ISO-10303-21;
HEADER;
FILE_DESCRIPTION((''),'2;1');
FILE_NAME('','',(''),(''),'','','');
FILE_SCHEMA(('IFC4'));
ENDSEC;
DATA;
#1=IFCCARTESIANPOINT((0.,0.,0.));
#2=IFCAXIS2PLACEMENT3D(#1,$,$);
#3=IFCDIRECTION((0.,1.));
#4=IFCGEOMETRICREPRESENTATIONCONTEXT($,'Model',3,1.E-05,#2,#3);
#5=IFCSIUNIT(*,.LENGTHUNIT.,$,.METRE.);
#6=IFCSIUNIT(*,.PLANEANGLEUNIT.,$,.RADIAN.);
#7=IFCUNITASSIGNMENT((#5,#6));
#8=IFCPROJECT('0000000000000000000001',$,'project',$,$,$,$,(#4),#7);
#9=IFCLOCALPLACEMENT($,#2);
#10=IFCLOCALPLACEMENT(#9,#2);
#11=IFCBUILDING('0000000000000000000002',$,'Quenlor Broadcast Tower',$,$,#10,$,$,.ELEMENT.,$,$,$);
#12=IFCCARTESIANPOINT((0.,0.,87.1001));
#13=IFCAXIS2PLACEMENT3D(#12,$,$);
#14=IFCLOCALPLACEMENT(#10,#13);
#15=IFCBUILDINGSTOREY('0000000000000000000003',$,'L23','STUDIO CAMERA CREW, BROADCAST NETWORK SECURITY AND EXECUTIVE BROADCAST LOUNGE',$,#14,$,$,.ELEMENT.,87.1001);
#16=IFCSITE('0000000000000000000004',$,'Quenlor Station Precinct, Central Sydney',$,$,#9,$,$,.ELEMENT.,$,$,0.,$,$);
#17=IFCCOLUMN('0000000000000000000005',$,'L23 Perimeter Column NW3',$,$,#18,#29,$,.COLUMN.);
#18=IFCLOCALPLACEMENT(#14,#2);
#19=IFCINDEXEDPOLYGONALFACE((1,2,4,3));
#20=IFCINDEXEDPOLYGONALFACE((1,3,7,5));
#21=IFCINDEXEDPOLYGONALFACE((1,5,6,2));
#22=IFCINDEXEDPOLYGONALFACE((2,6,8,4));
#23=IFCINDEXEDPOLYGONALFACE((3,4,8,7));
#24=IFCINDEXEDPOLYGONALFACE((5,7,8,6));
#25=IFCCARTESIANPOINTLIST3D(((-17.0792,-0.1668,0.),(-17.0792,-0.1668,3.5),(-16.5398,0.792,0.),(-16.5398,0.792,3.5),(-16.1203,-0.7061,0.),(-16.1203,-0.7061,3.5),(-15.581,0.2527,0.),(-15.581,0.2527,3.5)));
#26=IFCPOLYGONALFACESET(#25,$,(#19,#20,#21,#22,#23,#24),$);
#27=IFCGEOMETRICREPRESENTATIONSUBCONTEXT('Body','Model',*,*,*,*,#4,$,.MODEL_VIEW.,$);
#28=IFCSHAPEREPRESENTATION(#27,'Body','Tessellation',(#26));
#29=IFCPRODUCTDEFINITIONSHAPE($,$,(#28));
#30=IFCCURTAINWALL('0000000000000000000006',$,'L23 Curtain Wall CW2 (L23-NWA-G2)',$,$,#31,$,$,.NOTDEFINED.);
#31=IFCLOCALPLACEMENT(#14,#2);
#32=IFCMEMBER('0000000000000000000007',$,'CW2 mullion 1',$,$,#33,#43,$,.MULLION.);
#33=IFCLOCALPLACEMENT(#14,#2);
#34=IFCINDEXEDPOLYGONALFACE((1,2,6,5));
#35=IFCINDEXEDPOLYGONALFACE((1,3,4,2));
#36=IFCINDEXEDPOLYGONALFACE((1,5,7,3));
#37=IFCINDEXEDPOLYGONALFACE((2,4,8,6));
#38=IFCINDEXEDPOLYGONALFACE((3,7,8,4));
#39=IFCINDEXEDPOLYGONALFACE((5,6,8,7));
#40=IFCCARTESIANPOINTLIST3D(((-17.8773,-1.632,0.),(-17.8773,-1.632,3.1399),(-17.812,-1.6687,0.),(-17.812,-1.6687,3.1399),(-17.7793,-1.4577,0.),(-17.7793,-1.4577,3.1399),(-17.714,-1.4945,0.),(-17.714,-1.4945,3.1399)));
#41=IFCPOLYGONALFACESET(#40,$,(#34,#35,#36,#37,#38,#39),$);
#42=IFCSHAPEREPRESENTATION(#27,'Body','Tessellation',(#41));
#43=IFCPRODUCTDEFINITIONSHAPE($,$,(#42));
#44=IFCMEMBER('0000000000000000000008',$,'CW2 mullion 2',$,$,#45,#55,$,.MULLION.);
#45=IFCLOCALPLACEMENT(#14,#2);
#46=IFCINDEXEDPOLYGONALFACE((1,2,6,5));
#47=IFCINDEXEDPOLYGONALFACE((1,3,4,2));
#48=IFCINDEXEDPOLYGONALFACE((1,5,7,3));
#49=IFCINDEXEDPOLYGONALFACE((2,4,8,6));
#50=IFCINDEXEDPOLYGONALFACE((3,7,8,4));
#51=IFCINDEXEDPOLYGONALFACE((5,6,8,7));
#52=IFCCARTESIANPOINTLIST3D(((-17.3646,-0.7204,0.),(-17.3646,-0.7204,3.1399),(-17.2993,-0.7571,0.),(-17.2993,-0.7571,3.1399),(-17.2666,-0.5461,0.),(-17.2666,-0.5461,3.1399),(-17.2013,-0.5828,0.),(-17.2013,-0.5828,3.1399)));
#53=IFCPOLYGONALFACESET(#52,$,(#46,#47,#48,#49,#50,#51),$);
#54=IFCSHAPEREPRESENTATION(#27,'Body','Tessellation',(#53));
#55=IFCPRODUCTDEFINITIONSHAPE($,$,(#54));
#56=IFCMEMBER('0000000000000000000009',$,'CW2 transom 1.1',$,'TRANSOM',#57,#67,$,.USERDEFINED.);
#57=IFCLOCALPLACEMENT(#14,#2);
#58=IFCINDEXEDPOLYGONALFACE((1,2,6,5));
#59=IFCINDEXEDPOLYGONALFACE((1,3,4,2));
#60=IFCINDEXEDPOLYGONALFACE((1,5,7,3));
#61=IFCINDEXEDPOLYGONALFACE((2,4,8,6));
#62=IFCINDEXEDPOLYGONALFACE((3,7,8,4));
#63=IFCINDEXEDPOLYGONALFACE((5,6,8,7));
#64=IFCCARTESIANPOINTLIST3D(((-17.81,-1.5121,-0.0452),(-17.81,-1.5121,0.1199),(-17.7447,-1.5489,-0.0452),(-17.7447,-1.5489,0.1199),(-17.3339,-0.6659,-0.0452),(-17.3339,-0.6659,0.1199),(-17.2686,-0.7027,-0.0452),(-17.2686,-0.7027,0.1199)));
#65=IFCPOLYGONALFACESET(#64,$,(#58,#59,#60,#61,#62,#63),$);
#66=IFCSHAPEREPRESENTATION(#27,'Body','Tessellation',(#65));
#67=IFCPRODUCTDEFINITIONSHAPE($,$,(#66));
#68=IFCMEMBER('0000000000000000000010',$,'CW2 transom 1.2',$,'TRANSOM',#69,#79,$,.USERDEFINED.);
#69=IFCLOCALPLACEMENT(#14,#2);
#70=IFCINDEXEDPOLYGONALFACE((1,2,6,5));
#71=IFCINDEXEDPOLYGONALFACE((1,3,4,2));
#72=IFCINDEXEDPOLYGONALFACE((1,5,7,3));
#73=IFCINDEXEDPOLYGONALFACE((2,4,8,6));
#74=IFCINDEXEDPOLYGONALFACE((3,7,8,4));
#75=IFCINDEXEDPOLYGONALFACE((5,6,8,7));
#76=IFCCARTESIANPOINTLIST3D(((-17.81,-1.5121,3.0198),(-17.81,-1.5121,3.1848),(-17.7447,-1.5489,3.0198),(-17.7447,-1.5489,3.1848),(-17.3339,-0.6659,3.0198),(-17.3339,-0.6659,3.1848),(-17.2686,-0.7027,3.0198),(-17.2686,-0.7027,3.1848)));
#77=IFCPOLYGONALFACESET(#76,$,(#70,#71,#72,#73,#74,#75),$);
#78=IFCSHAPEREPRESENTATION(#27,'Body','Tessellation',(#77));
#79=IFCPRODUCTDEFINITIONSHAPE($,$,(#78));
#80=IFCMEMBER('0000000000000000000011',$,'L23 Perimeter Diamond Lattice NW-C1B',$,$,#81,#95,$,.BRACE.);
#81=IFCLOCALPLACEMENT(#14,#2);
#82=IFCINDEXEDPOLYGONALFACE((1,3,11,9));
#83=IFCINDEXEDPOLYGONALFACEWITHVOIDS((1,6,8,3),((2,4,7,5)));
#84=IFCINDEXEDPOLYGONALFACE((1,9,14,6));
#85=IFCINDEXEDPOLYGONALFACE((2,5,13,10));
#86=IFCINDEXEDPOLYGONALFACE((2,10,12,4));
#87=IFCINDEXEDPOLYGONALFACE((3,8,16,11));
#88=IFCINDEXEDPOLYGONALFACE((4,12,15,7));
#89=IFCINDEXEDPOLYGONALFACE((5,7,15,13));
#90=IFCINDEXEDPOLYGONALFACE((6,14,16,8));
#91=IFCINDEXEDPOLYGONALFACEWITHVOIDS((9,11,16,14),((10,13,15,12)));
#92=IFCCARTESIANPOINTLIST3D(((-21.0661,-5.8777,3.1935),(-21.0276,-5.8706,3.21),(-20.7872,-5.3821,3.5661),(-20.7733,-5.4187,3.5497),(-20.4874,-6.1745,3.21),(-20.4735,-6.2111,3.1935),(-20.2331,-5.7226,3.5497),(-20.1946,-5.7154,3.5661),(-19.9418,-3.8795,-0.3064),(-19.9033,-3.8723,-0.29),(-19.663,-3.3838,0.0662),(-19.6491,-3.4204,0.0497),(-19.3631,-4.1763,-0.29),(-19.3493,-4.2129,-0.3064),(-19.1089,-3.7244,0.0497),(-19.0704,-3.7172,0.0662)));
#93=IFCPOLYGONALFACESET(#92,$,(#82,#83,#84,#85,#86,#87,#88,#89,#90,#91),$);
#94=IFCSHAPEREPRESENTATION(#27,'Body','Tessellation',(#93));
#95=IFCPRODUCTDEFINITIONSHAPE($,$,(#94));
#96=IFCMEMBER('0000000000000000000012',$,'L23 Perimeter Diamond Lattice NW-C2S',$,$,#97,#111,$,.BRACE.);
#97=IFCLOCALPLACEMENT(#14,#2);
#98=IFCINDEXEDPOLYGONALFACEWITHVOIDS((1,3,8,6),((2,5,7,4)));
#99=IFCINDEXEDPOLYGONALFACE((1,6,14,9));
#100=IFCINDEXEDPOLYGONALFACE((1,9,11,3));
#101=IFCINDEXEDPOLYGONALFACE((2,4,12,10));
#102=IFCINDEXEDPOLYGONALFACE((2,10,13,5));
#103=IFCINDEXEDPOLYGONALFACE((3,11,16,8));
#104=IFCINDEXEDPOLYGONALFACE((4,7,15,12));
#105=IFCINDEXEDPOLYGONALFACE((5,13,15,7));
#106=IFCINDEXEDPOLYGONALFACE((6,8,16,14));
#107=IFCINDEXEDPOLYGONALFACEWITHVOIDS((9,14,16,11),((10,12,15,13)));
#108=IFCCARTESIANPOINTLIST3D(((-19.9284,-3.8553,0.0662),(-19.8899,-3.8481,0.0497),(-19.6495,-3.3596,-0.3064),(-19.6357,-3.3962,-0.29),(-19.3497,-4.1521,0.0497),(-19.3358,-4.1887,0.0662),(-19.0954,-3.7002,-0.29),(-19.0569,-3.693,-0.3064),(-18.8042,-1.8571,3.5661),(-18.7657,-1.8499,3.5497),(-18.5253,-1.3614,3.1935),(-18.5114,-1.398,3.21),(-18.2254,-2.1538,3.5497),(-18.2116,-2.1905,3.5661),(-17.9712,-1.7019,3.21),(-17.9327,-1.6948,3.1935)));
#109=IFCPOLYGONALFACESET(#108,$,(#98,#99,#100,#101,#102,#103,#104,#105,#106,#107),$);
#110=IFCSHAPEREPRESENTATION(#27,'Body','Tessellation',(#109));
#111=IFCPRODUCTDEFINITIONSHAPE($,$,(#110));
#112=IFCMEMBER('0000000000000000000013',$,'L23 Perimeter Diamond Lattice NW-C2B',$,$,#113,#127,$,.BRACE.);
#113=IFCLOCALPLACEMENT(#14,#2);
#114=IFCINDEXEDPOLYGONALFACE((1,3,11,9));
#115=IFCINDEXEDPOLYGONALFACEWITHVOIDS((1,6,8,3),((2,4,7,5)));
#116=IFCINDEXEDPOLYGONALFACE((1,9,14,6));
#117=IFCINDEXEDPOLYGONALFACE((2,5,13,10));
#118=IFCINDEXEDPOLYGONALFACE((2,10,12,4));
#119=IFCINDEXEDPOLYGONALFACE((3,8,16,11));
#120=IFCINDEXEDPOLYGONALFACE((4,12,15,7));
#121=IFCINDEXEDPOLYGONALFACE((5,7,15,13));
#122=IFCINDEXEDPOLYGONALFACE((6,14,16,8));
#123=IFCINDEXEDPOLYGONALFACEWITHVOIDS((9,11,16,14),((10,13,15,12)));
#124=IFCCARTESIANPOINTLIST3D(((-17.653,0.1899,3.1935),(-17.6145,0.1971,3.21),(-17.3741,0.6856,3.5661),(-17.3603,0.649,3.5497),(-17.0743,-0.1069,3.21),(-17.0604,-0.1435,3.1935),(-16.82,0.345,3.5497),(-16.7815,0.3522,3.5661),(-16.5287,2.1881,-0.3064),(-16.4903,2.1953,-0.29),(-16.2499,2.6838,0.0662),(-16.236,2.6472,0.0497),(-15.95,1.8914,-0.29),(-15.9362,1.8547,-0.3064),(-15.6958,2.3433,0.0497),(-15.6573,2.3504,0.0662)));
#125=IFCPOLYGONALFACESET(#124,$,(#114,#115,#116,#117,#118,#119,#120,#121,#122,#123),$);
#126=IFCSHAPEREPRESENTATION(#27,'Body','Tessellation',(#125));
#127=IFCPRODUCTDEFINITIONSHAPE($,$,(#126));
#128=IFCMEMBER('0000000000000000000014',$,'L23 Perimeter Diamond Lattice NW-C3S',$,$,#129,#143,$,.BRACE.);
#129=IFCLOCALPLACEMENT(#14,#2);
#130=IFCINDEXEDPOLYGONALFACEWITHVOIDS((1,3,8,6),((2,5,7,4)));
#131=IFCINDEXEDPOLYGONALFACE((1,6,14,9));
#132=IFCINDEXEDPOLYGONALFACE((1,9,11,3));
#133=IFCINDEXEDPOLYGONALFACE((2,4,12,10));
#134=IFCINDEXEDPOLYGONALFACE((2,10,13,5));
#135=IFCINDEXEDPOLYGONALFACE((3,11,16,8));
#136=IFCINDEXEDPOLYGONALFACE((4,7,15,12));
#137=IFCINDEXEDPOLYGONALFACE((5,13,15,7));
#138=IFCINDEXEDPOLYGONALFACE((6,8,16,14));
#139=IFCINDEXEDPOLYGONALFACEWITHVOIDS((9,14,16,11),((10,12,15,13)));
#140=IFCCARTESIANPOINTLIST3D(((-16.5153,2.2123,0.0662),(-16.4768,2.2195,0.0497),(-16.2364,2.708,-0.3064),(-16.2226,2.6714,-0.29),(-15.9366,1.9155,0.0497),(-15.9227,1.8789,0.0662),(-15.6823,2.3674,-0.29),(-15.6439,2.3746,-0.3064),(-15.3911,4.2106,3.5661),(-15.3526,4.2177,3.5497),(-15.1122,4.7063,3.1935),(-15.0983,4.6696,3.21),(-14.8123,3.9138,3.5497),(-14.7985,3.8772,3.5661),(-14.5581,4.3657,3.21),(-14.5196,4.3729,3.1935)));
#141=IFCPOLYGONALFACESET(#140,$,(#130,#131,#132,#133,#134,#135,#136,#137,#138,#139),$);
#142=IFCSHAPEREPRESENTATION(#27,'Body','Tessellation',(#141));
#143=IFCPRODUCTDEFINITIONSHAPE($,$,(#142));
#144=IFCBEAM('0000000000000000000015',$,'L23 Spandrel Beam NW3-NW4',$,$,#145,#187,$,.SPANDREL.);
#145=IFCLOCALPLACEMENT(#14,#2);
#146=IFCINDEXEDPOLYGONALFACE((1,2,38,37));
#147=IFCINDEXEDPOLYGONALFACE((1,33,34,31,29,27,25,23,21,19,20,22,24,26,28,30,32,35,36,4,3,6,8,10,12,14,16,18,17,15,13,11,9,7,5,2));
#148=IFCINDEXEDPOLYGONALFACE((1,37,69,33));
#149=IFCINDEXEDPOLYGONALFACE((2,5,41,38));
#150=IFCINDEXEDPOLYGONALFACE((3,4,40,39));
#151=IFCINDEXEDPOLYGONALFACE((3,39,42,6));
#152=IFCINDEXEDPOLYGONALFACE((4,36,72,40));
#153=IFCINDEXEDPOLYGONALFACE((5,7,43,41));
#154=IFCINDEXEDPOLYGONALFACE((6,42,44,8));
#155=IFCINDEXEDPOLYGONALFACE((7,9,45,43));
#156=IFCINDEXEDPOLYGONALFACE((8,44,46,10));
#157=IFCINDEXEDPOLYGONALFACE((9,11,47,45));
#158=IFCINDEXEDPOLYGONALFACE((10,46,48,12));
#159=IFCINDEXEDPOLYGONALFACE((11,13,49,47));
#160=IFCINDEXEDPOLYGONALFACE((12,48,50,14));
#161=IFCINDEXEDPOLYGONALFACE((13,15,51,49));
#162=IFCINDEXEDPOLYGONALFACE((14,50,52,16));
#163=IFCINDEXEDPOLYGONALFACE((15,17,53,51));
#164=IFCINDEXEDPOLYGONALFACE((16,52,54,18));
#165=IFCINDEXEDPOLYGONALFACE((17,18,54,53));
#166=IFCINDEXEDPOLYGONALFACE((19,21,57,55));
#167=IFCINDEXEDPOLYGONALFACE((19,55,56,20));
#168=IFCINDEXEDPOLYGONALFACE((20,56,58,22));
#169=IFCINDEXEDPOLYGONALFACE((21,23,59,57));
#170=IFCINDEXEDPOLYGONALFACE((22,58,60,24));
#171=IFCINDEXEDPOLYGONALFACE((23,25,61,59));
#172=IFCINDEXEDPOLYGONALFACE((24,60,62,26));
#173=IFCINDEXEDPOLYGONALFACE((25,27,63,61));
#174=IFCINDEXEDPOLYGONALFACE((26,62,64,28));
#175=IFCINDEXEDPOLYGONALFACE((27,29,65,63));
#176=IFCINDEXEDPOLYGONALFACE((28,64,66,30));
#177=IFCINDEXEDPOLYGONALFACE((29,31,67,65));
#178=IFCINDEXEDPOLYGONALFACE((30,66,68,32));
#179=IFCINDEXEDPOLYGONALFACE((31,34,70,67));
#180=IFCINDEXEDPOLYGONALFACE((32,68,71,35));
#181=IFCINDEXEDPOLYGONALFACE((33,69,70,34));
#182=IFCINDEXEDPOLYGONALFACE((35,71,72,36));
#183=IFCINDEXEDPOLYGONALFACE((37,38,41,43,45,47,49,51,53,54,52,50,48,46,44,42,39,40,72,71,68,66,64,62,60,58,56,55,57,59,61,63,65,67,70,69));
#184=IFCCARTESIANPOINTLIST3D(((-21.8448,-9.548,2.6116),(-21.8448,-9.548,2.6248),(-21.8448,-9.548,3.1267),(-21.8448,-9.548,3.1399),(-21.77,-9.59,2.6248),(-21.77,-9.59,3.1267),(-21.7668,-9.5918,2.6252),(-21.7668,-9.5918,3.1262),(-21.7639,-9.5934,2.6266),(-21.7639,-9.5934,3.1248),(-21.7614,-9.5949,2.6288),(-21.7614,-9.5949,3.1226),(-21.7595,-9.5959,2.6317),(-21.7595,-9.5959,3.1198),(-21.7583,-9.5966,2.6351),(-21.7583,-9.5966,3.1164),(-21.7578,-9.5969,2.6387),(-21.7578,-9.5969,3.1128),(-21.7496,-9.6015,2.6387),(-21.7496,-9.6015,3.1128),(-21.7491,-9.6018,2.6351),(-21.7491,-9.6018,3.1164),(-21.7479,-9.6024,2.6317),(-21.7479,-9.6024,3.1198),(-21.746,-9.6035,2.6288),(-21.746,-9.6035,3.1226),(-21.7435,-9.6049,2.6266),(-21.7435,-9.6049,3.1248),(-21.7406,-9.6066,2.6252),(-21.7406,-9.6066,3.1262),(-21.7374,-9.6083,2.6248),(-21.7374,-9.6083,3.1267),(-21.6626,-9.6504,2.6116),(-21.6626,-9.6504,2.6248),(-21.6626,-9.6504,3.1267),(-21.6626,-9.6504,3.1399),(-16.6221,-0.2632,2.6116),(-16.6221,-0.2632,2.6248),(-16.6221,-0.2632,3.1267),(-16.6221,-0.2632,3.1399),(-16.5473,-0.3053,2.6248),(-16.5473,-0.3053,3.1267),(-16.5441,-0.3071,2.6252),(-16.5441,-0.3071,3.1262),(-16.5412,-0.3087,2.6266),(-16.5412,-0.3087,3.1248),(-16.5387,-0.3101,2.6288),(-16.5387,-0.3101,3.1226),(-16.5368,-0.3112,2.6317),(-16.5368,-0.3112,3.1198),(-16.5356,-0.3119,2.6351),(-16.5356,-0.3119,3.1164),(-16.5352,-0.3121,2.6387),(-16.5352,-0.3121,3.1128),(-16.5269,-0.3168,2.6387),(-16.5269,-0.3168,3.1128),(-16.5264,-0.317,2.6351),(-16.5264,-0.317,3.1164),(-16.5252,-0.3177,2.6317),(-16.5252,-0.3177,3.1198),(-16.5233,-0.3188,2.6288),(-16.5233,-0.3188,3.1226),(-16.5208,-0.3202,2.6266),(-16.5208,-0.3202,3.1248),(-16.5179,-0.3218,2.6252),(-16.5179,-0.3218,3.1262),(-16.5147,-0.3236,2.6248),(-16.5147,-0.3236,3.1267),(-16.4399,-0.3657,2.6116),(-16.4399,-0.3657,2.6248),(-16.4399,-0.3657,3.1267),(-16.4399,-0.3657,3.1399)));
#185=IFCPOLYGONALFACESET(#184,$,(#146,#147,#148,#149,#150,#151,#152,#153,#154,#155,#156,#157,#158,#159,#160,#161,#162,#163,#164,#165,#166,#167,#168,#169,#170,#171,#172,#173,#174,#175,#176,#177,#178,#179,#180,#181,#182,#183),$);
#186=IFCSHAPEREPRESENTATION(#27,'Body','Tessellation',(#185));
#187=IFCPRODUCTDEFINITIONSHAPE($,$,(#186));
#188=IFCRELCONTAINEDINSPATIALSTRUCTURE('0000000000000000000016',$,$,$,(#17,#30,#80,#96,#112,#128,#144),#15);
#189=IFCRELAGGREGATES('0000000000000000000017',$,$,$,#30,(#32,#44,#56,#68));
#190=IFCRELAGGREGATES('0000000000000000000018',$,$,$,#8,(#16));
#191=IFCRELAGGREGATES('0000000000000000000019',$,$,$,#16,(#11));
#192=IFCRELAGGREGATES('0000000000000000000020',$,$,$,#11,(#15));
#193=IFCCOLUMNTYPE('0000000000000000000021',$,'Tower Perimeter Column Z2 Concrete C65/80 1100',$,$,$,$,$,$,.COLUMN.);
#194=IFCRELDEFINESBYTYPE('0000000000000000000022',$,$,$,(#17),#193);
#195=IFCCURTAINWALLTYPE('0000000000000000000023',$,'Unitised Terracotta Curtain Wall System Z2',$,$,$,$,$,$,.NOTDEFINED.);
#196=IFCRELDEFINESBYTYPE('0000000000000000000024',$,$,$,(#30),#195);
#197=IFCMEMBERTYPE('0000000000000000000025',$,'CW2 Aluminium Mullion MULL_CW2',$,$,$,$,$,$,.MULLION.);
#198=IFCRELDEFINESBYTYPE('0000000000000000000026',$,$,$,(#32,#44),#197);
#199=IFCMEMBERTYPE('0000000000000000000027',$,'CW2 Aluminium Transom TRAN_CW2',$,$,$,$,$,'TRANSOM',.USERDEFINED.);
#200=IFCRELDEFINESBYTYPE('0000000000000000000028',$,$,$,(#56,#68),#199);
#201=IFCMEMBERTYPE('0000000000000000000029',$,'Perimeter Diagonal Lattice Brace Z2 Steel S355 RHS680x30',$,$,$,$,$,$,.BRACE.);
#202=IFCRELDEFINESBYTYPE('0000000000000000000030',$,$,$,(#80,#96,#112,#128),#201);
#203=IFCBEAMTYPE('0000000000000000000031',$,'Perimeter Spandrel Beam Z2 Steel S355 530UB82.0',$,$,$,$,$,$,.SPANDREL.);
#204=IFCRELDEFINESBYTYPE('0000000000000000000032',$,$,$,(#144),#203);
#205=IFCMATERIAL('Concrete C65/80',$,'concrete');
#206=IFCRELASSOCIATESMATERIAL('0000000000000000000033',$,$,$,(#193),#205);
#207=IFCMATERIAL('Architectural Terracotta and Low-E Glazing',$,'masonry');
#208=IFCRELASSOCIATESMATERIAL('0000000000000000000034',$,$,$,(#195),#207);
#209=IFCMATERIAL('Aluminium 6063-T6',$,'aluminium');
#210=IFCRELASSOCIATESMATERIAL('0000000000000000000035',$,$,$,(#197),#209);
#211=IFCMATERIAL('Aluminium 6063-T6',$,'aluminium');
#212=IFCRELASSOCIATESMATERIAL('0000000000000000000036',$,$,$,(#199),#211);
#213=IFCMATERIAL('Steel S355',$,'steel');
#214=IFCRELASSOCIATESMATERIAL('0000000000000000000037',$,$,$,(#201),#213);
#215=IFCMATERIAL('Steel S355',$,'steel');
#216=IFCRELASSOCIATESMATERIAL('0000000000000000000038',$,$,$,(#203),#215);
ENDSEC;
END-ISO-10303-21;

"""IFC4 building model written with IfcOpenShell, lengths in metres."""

from ifc_helpers import new_model, si_unit, direction, frame, origin, origin_2d, place, context, subcontext, project, spatial, rectangle, hollow_rectangle, i_section, extrude, material, material_profile, profile_set, type_object, element, aggregate, save


model = new_model("IFC4")

# Units and contexts
model_context = context("Model", 3, precision=1e-05, world=origin(), true_north=direction((0.0, 1.0)))
body_context = subcontext(model_context, "Body", "Model", "MODEL_VIEW")
ifc_project = project(units=[si_unit("LENGTHUNIT", "METRE"), si_unit("PLANEANGLEUNIT", "RADIAN")], contexts=[model_context])

# Site, building, storey
site_placement = place(None, origin())
site = spatial("IfcSite", under=ifc_project, at=site_placement, Name="Quenlor Station Precinct, Central Sydney", CompositionType="ELEMENT", RefElevation=0.0)
building_placement = place(site_placement, origin())
building = spatial("IfcBuilding", under=site, at=building_placement, Name="Quenlor Broadcast Tower", CompositionType="ELEMENT")
storey_placement = place(building_placement, frame((0.0, 0.0, 87.1001)))
storey = spatial("IfcBuildingStorey", under=building, at=storey_placement, Name="L23", Description="STUDIO CAMERA CREW, BROADCAST NETWORK SECURITY AND EXECUTIVE BROADCAST LOUNGE", CompositionType="ELEMENT", Elevation=87.1001)

# Column
ifc_material_1 = material(Name="Concrete C65/80", Category="concrete")
ifc_material_profile_1 = material_profile(ifc_material_1, rectangle(XDim=1.1001, YDim=1.1001, at=origin_2d()))
ifc_profile_set_1 = profile_set([ifc_material_profile_1], Name="Concrete C65/80 RC1100x1100")
column_type = type_object("IfcColumnType", Name="Tower Perimeter Column Z2 Concrete C65/80 1100", PredefinedType="COLUMN", material=ifc_profile_set_1)
column_placement = place(storey_placement, frame((-16.3301, 0.043, 0.0), z_axis=(0.0, 0.0, 1.0), x_axis=(-0.871575, 0.490262, 0.0)))
element("IfcColumn", 1, at=column_placement, inside=storey, type_object=column_type, Name="L23 Perimeter Column NW3", PredefinedType="COLUMN", context=body_context, shape_type="SweptSolid", body=[
    extrude(rectangle(XDim=1.1001, YDim=1.1001, at=origin_2d()), origin(), (0.0, 0.0, 1.0), 3.5),
])

# Curtain wall, members
ifc_material_2 = material(Name="Architectural Terracotta and Low-E Glazing", Category="masonry")
curtain_wall_type = type_object("IfcCurtainWallType", Name="Unitised Terracotta Curtain Wall System Z2", PredefinedType="NOTDEFINED", material=ifc_material_2)
curtain_wall_placement = place(storey_placement, origin())
curtain_wall = element("IfcCurtainWall", 2, at=curtain_wall_placement, inside=storey, type_object=curtain_wall_type, Name="L23 Curtain Wall CW2 (L23-NWA-G2)", PredefinedType="NOTDEFINED")
ifc_material_3 = material(Name="Aluminium 6063-T6", Category="aluminium")
ifc_material_profile_2 = material_profile(ifc_material_3, rectangle(XDim=0.075, YDim=0.2, at=origin_2d()))
ifc_profile_set_2 = profile_set([ifc_material_profile_2], Name="Aluminium 6063-T6 MULL75x200")
member_type_1 = type_object("IfcMemberType", Name="CW2 Aluminium Mullion MULL_CW2", PredefinedType="MULLION", material=ifc_profile_set_2)
member_1_placement = place(storey_placement, frame((-17.7957, -1.5632, 0.0), z_axis=(0.0, 0.0, 1.0), x_axis=(-0.871583, 0.490249, 0.0)))
member_1 = element("IfcMember", 3, at=member_1_placement, type_object=member_type_1, Name="CW2 mullion 1", PredefinedType="MULLION", context=body_context, shape_type="SweptSolid", body=[
    extrude(rectangle(XDim=0.075, YDim=0.2, at=origin_2d()), origin(), (0.0, 0.0, 1.0), 3.1399),
])
member_2_placement = place(storey_placement, frame((-17.283, -0.6516, 0.0), z_axis=(0.0, 0.0, 1.0), x_axis=(-0.871583, 0.490249, 0.0)))
member_2 = element("IfcMember", 4, at=member_2_placement, type_object=member_type_1, Name="CW2 mullion 2", PredefinedType="MULLION", context=body_context, shape_type="SweptSolid", body=[
    extrude(rectangle(XDim=0.075, YDim=0.2, at=origin_2d()), origin(), (0.0, 0.0, 1.0), 3.1399),
])
ifc_material_4 = material(Name="Aluminium 6063-T6", Category="aluminium")
ifc_material_profile_3 = material_profile(ifc_material_4, rectangle(XDim=0.075, YDim=0.165, at=origin_2d()))
ifc_profile_set_3 = profile_set([ifc_material_profile_3], Name="Aluminium 6063-T6 TRAN75x165")
member_type_2 = type_object("IfcMemberType", Name="CW2 Aluminium Transom TRAN_CW2", ElementType="TRANSOM", PredefinedType="USERDEFINED", material=ifc_profile_set_3)
member_3_placement = place(storey_placement, frame((-17.7773, -1.5305, 0.0374), z_axis=(0.490333, 0.871535, 0.0), x_axis=(-0.871535, 0.490333, 0.0)))
member_3 = element("IfcMember", 5, at=member_3_placement, type_object=member_type_2, Name="CW2 transom 1.1", ObjectType="TRANSOM", PredefinedType="USERDEFINED", context=body_context, shape_type="SweptSolid", body=[
    extrude(rectangle(XDim=0.075, YDim=0.165, at=origin_2d()), origin(), (0.0, 0.0, 1.0), 0.9709),
])
member_4_placement = place(storey_placement, frame((-17.7773, -1.5305, 3.1023), z_axis=(0.490333, 0.871535, 0.0), x_axis=(-0.871535, 0.490333, 0.0)))
member_4 = element("IfcMember", 6, at=member_4_placement, type_object=member_type_2, Name="CW2 transom 1.2", ObjectType="TRANSOM", PredefinedType="USERDEFINED", context=body_context, shape_type="SweptSolid", body=[
    extrude(rectangle(XDim=0.075, YDim=0.165, at=origin_2d()), origin(), (0.0, 0.0, 1.0), 0.9709),
])

# Members
ifc_material_5 = material(Name="Steel S355", Category="steel")
ifc_material_profile_4 = material_profile(ifc_material_5, hollow_rectangle(XDim=0.6799, YDim=0.6799, WallThickness=0.03, at=origin_2d()))
ifc_profile_set_4 = profile_set([ifc_material_profile_4], Name="Steel S355 RHS680x680x30")
member_type_3 = type_object("IfcMemberType", Name="Perimeter Diagonal Lattice Brace Z2 Steel S355 RHS680x30", PredefinedType="BRACE", material=ifc_profile_set_4)
for number, where, z_axis, x_axis, name in (
    (7, (-19.5061, -3.7983, -0.1201), (-0.268697, -0.477585, 0.836489), (0.871533, -0.490337, 0.0), "L23 Perimeter Diamond Lattice NW-C1B"),
    (8, (-19.4927, -3.7742, -0.1201), (0.268697, 0.477585, 0.836489), (-0.871533, 0.490337, 0.0), "L23 Perimeter Diamond Lattice NW-C2S"),
    (9, (-16.093, 2.2693, -0.1201), (-0.268697, -0.477585, 0.836489), (0.871533, -0.490337, 0.0), "L23 Perimeter Diamond Lattice NW-C2B"),
    (10, (-16.0796, 2.2935, -0.1201), (0.268697, 0.477585, 0.836489), (-0.871533, 0.490337, 0.0), "L23 Perimeter Diamond Lattice NW-C3S"),
):
    element("IfcMember", number, at=place(storey_placement, frame(where, z_axis=z_axis, x_axis=x_axis)), inside=storey, type_object=member_type_3, Name=name, PredefinedType="BRACE", context=body_context, shape_type="SweptSolid", body=[
        extrude(hollow_rectangle(XDim=0.6799, YDim=0.6799, WallThickness=0.03, at=origin_2d()), origin(), (0.0, 0.0, 1.0), 4.1841),
    ])

# Beam
ifc_material_6 = material(Name="Steel S355", Category="steel")
ifc_material_profile_5 = material_profile(ifc_material_6, i_section(OverallWidth=0.209, OverallDepth=0.5283, WebThickness=0.0095, FlangeThickness=0.0132, FilletRadius=0.0139, at=origin_2d()))
ifc_profile_set_5 = profile_set([ifc_material_profile_5], Name="Steel S355 530UB82.0")
beam_type_1 = type_object("IfcBeamType", Name="Perimeter Spandrel Beam Z2 Steel S355 530UB82.0", PredefinedType="SPANDREL", material=ifc_profile_set_5)
beam_1_placement = place(storey_placement, frame((-16.531, -0.3145, 2.8757), z_axis=(-0.490263, -0.871574, 0.0), x_axis=(0.871574, -0.490263, 0.0)))
element("IfcBeam", 11, at=beam_1_placement, inside=storey, type_object=beam_type_1, Name="L23 Spandrel Beam NW3-NW4", PredefinedType="SPANDREL", context=body_context, shape_type="SweptSolid", body=[
    extrude(i_section(OverallWidth=0.209, OverallDepth=0.5283, WebThickness=0.0095, FlangeThickness=0.0132, FilletRadius=0.0139, at=origin_2d()), origin(), (0.0, 0.0, 1.0), 10.6528),
])

aggregate(curtain_wall, [member_1, member_2, member_3, member_4])

save(model, "model.ifc")
